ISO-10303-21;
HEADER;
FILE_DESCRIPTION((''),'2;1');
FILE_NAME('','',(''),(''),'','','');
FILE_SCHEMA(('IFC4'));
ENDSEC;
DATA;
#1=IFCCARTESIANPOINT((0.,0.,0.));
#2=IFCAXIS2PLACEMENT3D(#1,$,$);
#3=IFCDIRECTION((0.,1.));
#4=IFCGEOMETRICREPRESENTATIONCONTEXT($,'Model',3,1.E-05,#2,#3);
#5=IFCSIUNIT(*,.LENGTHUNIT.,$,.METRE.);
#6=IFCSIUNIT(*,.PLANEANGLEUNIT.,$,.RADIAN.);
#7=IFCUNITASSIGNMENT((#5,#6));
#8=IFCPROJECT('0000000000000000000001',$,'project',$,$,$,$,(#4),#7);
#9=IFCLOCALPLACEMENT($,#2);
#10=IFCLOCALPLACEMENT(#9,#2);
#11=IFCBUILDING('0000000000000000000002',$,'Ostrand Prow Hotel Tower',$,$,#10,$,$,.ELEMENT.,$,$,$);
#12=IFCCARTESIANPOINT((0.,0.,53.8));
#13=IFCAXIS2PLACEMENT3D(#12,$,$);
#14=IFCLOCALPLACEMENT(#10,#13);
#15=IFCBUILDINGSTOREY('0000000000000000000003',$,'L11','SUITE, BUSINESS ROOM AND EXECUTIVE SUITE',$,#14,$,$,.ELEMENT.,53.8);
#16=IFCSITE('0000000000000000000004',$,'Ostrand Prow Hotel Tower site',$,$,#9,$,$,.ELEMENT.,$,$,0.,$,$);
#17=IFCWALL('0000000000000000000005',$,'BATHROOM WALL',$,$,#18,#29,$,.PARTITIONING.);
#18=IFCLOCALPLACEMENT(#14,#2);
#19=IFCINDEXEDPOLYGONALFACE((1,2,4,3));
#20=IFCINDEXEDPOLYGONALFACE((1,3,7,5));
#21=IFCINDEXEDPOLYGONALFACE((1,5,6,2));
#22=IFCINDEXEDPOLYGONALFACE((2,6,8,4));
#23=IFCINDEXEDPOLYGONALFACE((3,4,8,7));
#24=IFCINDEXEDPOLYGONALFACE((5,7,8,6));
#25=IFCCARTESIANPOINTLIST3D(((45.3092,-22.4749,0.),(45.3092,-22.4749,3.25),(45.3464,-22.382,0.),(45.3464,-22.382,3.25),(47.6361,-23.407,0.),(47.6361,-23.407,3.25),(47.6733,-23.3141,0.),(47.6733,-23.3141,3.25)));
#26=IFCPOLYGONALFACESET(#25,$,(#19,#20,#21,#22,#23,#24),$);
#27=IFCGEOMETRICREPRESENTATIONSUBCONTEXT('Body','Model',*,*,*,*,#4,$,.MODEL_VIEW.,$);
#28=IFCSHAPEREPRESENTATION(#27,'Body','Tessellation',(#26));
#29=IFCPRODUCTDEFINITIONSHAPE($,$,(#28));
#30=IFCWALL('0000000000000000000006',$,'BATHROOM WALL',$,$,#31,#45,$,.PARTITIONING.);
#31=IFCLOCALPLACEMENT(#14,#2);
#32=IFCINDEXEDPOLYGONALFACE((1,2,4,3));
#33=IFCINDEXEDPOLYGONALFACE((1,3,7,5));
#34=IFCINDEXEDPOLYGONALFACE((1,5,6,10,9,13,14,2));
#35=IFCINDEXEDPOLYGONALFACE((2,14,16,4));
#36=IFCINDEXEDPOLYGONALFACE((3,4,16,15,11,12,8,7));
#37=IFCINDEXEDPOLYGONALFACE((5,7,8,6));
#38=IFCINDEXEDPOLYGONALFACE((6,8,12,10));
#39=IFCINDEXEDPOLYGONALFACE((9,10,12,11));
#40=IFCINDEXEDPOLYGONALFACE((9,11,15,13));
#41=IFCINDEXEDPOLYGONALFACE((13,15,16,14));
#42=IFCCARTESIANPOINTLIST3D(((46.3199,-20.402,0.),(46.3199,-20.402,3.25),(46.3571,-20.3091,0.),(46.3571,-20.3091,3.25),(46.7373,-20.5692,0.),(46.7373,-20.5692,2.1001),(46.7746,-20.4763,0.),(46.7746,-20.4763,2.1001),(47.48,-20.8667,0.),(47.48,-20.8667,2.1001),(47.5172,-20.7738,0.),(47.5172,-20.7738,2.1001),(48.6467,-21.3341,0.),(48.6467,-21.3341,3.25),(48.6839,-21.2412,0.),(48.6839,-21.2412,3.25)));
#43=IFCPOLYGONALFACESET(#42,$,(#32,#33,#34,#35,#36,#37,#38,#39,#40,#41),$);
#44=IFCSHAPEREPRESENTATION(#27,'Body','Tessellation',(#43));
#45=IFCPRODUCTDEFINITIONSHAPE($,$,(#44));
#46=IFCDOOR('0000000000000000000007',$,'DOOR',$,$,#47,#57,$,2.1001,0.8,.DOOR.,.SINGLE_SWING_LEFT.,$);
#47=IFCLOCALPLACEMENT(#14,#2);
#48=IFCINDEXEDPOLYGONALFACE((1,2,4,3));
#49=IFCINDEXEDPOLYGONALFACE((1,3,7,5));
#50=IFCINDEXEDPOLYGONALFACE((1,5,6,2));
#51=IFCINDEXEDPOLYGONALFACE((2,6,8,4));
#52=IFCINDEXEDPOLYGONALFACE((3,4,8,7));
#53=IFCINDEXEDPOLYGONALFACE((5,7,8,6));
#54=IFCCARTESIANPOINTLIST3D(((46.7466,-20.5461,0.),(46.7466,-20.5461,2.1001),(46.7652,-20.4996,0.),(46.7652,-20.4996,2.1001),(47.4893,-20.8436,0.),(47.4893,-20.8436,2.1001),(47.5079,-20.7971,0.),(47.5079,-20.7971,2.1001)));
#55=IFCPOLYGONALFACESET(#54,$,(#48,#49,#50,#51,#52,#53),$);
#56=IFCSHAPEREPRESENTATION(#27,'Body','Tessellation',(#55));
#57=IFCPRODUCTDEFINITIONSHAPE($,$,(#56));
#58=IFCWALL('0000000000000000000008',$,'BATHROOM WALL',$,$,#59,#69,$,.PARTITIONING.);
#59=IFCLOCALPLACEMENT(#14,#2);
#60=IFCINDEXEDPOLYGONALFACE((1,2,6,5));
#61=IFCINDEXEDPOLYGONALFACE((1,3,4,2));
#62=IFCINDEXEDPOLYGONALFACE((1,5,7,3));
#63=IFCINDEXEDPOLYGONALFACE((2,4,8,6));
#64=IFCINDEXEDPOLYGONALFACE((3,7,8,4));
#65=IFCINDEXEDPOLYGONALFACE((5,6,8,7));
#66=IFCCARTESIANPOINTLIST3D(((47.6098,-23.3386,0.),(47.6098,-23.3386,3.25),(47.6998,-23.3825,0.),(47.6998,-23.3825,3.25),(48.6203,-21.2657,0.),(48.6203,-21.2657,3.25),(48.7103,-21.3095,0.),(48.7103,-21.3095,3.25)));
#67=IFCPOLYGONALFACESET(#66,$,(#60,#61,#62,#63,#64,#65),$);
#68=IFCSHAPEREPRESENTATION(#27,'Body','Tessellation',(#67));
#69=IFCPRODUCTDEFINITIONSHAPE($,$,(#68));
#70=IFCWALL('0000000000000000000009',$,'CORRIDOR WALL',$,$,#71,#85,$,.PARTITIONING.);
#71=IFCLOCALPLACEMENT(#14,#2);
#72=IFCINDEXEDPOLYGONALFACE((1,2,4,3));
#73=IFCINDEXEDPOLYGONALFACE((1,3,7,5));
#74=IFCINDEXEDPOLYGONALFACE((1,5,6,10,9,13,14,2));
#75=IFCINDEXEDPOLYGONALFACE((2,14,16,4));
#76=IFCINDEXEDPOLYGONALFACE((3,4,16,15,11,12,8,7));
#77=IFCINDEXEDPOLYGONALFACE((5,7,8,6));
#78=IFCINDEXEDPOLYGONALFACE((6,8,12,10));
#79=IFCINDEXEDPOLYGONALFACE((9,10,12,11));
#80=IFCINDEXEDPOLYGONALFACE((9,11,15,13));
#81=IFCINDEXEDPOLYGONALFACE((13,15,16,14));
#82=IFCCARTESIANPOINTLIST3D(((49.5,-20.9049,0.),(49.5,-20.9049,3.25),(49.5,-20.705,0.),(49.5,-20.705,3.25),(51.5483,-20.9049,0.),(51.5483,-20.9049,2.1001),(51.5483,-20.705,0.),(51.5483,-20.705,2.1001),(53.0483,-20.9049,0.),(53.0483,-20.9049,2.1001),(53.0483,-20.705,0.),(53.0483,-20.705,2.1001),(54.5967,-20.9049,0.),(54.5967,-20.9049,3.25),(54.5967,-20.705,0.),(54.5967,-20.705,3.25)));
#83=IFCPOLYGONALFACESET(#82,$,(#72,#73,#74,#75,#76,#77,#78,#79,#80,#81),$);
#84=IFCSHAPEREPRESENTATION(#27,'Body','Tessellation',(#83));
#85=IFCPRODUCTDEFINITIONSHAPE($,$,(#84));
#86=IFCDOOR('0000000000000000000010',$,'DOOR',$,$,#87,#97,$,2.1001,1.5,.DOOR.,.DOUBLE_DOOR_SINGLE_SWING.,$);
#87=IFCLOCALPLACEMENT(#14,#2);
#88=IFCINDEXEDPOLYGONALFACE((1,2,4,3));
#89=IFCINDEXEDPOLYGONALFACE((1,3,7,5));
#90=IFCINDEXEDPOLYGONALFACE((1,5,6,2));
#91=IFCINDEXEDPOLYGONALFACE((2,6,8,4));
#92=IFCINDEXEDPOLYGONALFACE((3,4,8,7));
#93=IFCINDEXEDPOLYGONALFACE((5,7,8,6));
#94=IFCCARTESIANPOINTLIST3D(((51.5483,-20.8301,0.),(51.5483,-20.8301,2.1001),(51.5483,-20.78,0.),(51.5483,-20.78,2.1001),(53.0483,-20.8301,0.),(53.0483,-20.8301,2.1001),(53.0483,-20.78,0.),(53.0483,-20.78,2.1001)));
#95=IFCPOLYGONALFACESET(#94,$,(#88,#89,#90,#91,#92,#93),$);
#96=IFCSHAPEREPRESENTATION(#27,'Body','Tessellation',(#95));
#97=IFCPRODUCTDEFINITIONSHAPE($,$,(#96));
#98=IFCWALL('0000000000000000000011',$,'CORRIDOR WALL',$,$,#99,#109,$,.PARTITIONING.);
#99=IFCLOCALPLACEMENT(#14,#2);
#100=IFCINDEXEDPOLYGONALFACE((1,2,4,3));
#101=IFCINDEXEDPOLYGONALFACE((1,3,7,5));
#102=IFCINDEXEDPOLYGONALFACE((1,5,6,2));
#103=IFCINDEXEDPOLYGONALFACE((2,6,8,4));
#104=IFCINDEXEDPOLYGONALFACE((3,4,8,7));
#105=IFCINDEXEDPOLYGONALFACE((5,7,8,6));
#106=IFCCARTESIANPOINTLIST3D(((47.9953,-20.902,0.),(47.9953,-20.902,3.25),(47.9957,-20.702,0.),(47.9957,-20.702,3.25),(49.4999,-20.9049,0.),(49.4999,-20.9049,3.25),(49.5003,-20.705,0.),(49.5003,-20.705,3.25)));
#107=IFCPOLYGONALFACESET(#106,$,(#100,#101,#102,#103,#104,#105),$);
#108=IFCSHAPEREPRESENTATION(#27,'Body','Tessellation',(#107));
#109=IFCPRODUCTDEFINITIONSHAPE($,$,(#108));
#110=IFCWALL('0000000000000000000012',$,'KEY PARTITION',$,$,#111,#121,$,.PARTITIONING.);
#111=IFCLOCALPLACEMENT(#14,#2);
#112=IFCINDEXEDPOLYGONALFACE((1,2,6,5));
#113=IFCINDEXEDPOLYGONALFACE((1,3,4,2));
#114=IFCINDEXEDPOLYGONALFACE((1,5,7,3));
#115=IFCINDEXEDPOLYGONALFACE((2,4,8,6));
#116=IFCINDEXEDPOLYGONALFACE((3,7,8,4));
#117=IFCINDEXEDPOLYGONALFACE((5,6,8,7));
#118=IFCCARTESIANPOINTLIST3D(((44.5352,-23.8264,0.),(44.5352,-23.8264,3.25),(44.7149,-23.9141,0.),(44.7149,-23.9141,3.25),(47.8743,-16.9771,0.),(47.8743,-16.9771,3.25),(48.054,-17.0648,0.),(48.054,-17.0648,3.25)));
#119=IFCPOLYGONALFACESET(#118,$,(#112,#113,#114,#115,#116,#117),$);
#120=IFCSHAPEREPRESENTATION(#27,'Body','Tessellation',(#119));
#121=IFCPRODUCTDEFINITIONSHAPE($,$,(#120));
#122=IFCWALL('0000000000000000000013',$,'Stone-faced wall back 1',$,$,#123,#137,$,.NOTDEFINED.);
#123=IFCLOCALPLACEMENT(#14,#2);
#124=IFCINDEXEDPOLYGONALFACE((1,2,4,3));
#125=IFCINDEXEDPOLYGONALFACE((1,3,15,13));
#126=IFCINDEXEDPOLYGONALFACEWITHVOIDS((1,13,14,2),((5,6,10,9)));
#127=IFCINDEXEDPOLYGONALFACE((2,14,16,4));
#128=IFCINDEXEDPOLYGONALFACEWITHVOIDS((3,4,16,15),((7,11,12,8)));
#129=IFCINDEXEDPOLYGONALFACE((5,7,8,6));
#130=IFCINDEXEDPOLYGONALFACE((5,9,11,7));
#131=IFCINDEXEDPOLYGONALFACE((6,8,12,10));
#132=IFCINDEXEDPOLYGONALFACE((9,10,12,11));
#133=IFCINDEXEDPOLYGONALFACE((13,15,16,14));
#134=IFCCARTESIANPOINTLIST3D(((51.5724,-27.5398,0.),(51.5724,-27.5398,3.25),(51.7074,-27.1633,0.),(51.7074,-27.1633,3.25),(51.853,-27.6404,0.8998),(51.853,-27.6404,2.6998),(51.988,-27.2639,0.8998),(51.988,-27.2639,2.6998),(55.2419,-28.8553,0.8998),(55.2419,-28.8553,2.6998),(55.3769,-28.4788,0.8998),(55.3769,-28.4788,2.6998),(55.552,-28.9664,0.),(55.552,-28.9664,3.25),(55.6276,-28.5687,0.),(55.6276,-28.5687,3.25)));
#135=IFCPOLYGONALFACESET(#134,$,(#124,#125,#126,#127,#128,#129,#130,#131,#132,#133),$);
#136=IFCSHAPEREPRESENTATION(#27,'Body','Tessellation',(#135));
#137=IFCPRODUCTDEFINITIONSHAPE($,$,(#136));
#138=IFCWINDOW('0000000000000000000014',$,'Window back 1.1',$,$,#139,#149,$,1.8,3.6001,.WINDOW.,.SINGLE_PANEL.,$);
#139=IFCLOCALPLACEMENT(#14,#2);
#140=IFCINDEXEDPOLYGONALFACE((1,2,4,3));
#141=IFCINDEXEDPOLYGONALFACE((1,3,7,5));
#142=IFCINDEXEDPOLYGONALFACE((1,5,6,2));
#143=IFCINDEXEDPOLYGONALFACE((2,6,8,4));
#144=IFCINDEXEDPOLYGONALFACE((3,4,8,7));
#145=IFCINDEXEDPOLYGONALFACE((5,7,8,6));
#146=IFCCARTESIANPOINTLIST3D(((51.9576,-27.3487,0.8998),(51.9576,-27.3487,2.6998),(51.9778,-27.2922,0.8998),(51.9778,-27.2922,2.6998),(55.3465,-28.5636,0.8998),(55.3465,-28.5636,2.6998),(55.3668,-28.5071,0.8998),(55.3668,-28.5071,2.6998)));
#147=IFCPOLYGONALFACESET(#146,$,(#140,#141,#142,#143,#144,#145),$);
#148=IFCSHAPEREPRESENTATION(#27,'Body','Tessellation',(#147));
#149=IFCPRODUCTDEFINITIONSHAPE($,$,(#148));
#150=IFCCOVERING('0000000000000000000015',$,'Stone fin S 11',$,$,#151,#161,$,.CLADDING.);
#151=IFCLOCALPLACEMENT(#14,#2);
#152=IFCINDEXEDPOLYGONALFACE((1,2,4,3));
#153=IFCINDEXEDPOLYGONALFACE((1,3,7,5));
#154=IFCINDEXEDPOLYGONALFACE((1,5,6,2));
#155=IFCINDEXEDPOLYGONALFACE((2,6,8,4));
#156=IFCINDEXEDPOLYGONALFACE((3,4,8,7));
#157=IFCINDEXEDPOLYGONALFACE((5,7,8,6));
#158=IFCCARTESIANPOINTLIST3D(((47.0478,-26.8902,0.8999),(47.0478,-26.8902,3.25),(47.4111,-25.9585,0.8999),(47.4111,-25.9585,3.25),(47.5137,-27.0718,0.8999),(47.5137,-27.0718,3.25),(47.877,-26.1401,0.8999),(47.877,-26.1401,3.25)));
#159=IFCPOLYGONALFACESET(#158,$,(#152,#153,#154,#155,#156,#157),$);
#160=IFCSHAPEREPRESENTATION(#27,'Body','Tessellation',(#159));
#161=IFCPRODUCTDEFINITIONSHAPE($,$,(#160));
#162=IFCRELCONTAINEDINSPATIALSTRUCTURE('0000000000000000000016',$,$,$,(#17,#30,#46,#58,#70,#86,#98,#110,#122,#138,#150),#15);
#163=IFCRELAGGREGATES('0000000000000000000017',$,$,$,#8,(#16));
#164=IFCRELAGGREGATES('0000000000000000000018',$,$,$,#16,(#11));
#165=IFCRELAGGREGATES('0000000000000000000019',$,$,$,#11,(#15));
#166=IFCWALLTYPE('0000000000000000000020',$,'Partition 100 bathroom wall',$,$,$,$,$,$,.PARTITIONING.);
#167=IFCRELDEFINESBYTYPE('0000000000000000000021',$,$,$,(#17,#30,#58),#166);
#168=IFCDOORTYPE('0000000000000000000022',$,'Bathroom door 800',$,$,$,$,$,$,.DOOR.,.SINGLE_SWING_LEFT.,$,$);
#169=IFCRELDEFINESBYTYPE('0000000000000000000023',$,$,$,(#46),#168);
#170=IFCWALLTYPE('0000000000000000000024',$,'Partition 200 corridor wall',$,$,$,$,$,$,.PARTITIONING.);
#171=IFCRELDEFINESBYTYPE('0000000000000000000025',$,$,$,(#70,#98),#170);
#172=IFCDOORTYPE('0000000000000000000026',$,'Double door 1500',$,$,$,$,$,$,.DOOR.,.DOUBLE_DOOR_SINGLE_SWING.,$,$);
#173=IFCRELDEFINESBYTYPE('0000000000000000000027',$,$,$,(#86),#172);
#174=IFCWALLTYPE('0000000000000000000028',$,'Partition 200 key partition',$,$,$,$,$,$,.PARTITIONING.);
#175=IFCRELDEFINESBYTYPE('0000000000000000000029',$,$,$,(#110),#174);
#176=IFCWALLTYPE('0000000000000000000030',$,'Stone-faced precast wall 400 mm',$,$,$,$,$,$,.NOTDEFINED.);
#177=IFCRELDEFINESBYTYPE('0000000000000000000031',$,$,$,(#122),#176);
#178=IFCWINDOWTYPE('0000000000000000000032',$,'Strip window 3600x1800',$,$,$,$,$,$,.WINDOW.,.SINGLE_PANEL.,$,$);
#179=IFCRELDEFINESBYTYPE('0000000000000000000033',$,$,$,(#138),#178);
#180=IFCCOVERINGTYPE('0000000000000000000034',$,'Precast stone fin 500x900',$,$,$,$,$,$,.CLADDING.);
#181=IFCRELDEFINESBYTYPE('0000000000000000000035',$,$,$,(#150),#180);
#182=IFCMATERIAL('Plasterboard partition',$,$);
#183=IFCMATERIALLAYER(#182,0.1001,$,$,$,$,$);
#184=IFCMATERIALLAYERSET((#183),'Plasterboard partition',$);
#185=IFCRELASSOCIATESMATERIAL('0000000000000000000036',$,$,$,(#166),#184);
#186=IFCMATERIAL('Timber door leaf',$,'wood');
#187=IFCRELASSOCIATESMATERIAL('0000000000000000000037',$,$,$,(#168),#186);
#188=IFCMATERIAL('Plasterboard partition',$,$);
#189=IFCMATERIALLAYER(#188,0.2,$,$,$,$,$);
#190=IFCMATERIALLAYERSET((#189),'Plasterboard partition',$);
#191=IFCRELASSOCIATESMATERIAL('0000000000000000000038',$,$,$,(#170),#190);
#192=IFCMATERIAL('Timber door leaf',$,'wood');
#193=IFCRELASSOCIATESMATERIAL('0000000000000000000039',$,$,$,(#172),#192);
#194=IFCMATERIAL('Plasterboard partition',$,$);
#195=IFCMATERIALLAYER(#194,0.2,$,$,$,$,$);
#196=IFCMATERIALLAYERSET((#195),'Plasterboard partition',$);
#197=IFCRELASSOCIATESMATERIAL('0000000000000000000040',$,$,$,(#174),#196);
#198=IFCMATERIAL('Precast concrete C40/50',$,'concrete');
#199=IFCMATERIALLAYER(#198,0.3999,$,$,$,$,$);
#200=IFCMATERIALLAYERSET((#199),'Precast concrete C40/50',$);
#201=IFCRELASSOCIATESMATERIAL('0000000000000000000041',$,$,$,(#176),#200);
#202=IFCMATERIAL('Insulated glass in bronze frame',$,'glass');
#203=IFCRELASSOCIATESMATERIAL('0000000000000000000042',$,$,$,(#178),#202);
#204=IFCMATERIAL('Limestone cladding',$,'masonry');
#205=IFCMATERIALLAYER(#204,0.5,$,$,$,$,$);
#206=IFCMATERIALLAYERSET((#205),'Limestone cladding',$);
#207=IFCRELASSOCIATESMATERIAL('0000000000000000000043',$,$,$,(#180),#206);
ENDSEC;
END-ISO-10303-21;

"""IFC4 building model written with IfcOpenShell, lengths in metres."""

from ifc_helpers import new_model, si_unit, direction, frame, frame_2d, origin, place, context, subcontext, project, spatial, polyline, rectangle, outline, extrude, material, layer, layer_set, type_object, element, fill, save


model = new_model("IFC4")

# Units and contexts
model_context = context("Model", 3, precision=1e-05, world=origin(), true_north=direction((0.0, 1.0)))
body_context = subcontext(model_context, "Body", "Model", "MODEL_VIEW")
ifc_project = project(units=[si_unit("LENGTHUNIT", "METRE"), si_unit("PLANEANGLEUNIT", "RADIAN")], contexts=[model_context])

# Site, building, storey
site_placement = place(None, origin())
site = spatial("IfcSite", under=ifc_project, at=site_placement, Name="Ostrand Prow Hotel Tower site", CompositionType="ELEMENT", RefElevation=0.0)
building_placement = place(site_placement, origin())
building = spatial("IfcBuilding", under=site, at=building_placement, Name="Ostrand Prow Hotel Tower", CompositionType="ELEMENT")
storey_placement = place(building_placement, frame((0.0, 0.0, 53.8)))
storey = spatial("IfcBuildingStorey", under=building, at=storey_placement, Name="L11", Description="SUITE, BUSINESS ROOM AND EXECUTIVE SUITE", CompositionType="ELEMENT", Elevation=53.8)

# Wall
ifc_material_1 = material(Name="Plasterboard partition")
ifc_layer_1 = layer(ifc_material_1, 0.1001)
ifc_layer_set_1 = layer_set([ifc_layer_1], Name="Plasterboard partition")
wall_type_1 = type_object("IfcWallType", Name="Partition 100 bathroom wall", PredefinedType="PARTITIONING", material=ifc_layer_set_1)
wall_1_placement = place(storey_placement, frame((47.6548, -23.3606, 0.0), z_axis=(0.0, 0.0, 1.0), x_axis=(-0.928288, 0.371861, 0.0)))
element("IfcWall", 1, at=wall_1_placement, inside=storey, type_object=wall_type_1, Name="BATHROOM WALL", PredefinedType="PARTITIONING", context=body_context, shape_type="SweptSolid", body=[
    extrude(rectangle(XDim=2.5066, YDim=0.1001, at=frame_2d((1.2534, 0.0))), origin(), (0.0, 0.0, 1.0), 3.25),
])

# Wall, opening, door
wall_2_placement = place(storey_placement, frame((46.3384, -20.3555, 0.0), z_axis=(0.0, 0.0, 1.0), x_axis=(0.928288, -0.371861, 0.0)))
wall_2 = element("IfcWall", 2, at=wall_2_placement, inside=storey, type_object=wall_type_1, Name="BATHROOM WALL", PredefinedType="PARTITIONING", context=body_context, shape_type="SweptSolid", body=[
    extrude(rectangle(XDim=2.5066, YDim=0.1001, at=frame_2d((1.2534, 0.0))), origin(), (0.0, 0.0, 1.0), 3.25),
])
opening_1_placement = place(wall_2_placement, frame((0.45, 0.0, 0.0)))
opening_1 = element("IfcOpeningElement", 3, at=opening_1_placement, cuts=wall_2, PredefinedType="OPENING", context=body_context, shape_type="SweptSolid", body=[
    extrude(rectangle(XDim=0.8, YDim=2.1001, at=frame_2d((0.3999, 1.05))), frame((0.0, 0.0601, 0.0), z_axis=(0.0, -1.0, 0.0), x_axis=(1.0, 0.0, 0.0)), (0.0, 0.0, 1.0), 0.1201),
])
ifc_material_2 = material(Name="Timber door leaf", Category="wood")
door_type_1 = type_object("IfcDoorType", Name="Bathroom door 800", OperationType="SINGLE_SWING_LEFT", PredefinedType="DOOR", material=ifc_material_2)
door_1_placement = place(opening_1_placement, origin())
door_1 = element("IfcDoor", 4, at=door_1_placement, inside=storey, type_object=door_type_1, Name="DOOR", OperationType="SINGLE_SWING_LEFT", OverallHeight=2.1001, OverallWidth=0.8, PredefinedType="DOOR", context=body_context, shape_type="SweptSolid", body=[
    extrude(rectangle(XDim=0.8, YDim=2.1001, at=frame_2d((0.3999, 1.05))), frame((0.0, 0.0249, 0.0), z_axis=(0.0, -1.0, 0.0), x_axis=(1.0, 0.0, 0.0)), (0.0, 0.0, 1.0), 0.05),
])
fill(opening_1, door_1)

# Wall
wall_3_placement = place(storey_placement, frame((48.6653, -21.2876, 0.0), z_axis=(0.0, 0.0, 1.0), x_axis=(-0.438171, -0.898892, 0.0)))
element("IfcWall", 5, at=wall_3_placement, inside=storey, type_object=wall_type_1, Name="BATHROOM WALL", PredefinedType="PARTITIONING", context=body_context, shape_type="SweptSolid", body=[
    extrude(rectangle(XDim=2.3062, YDim=0.1001, at=frame_2d((1.1531, 0.0))), origin(), (0.0, 0.0, 1.0), 3.25),
])

# Wall, opening, door
ifc_material_3 = material(Name="Plasterboard partition")
ifc_layer_2 = layer(ifc_material_3, 0.2)
ifc_layer_set_2 = layer_set([ifc_layer_2], Name="Plasterboard partition")
wall_type_2 = type_object("IfcWallType", Name="Partition 200 corridor wall", PredefinedType="PARTITIONING", material=ifc_layer_set_2)
wall_4_placement = place(storey_placement, frame((49.5, -20.8049, 0.0), z_axis=(0.0, 0.0, 1.0), x_axis=(1.0, 0.0, 0.0)))
wall_4 = element("IfcWall", 6, at=wall_4_placement, inside=storey, type_object=wall_type_2, Name="CORRIDOR WALL", PredefinedType="PARTITIONING", context=body_context, shape_type="SweptSolid", body=[
    extrude(rectangle(XDim=5.0967, YDim=0.2, at=frame_2d((2.5483, 0.0))), origin(), (0.0, 0.0, 1.0), 3.25),
])
opening_2_placement = place(wall_4_placement, frame((2.0483, 0.0, 0.0)))
opening_2 = element("IfcOpeningElement", 7, at=opening_2_placement, cuts=wall_4, PredefinedType="OPENING", context=body_context, shape_type="SweptSolid", body=[
    extrude(rectangle(XDim=1.5, YDim=2.1001, at=frame_2d((0.75, 1.05))), frame((0.0, 0.1099, 0.0), z_axis=(0.0, -1.0, 0.0), x_axis=(1.0, 0.0, 0.0)), (0.0, 0.0, 1.0), 0.22),
])
ifc_material_4 = material(Name="Timber door leaf", Category="wood")
door_type_2 = type_object("IfcDoorType", Name="Double door 1500", OperationType="DOUBLE_DOOR_SINGLE_SWING", PredefinedType="DOOR", material=ifc_material_4)
door_2_placement = place(opening_2_placement, origin())
door_2 = element("IfcDoor", 8, at=door_2_placement, inside=storey, type_object=door_type_2, Name="DOOR", OperationType="DOUBLE_DOOR_SINGLE_SWING", OverallHeight=2.1001, OverallWidth=1.5, PredefinedType="DOOR", context=body_context, shape_type="SweptSolid", body=[
    extrude(rectangle(XDim=1.5, YDim=2.1001, at=frame_2d((0.75, 1.05))), frame((0.0, 0.0249, 0.0), z_axis=(0.0, -1.0, 0.0), x_axis=(1.0, 0.0, 0.0)), (0.0, 0.0, 1.0), 0.05),
])
fill(opening_2, door_2)

# Walls
wall_5_placement = place(storey_placement, frame((47.9954, -20.802, 0.0), z_axis=(0.0, 0.0, 1.0), x_axis=(0.999998, -0.001947, 0.0)))
element("IfcWall", 9, at=wall_5_placement, inside=storey, type_object=wall_type_2, Name="CORRIDOR WALL", PredefinedType="PARTITIONING", context=body_context, shape_type="SweptSolid", body=[
    extrude(rectangle(XDim=1.5046, YDim=0.2, at=frame_2d((0.7524, 0.0))), origin(), (0.0, 0.0, 1.0), 3.25),
])
ifc_material_5 = material(Name="Plasterboard partition")
ifc_layer_3 = layer(ifc_material_5, 0.2)
ifc_layer_set_3 = layer_set([ifc_layer_3], Name="Plasterboard partition")
wall_type_3 = type_object("IfcWallType", Name="Partition 200 key partition", PredefinedType="PARTITIONING", material=ifc_layer_set_3)
wall_6_placement = place(storey_placement, frame((44.625, -23.8704, 0.0), z_axis=(0.0, 0.0, 1.0), x_axis=(0.438207, 0.898874, 0.0)))
element("IfcWall", 10, at=wall_6_placement, inside=storey, type_object=wall_type_3, Name="KEY PARTITION", PredefinedType="PARTITIONING", context=body_context, shape_type="SweptSolid", body=[
    extrude(rectangle(XDim=7.6199, YDim=0.2, at=frame_2d((3.8101, 0.0))), origin(), (0.0, 0.0, 1.0), 3.25),
])

# Wall, opening, window
ifc_material_6 = material(Name="Precast concrete C40/50", Category="concrete")
ifc_layer_4 = layer(ifc_material_6, 0.3999)
ifc_layer_set_4 = layer_set([ifc_layer_4], Name="Precast concrete C40/50")
wall_type_4 = type_object("IfcWallType", Name="Stone-faced precast wall 400 mm", PredefinedType="NOTDEFINED", material=ifc_layer_set_4)
wall_7_placement = place(storey_placement, frame((51.6399, -27.3516, 0.0), z_axis=(0.0, 0.0, 1.0), x_axis=(0.94134, -0.33746, 0.0)))
wall_7 = element("IfcWall", 11, at=wall_7_placement, inside=storey, type_object=wall_type_4, Name="Stone-faced wall back 1", PredefinedType="NOTDEFINED", context=body_context, shape_type="SweptSolid", body=[
    extrude(outline(polyline([(0.0, -0.2), (4.2275, -0.2), (4.1646, 0.2), (0.0, 0.2), (0.0, -0.2)])), origin(), (0.0, 0.0, 1.0), 3.25),
])
opening_3_placement = place(wall_7_placement, frame((0.2981, 0.0, 0.8999)))
opening_3 = element("IfcOpeningElement", 12, at=opening_3_placement, cuts=wall_7, PredefinedType="OPENING", context=body_context, shape_type="SweptSolid", body=[
    extrude(rectangle(XDim=3.6001, YDim=1.8, at=frame_2d((1.8, 0.8999))), frame((0.0, 0.21, 0.0), z_axis=(0.0, -1.0, 0.0), x_axis=(1.0, 0.0, 0.0)), (0.0, 0.0, 1.0), 0.4199),
])
ifc_material_7 = material(Name="Insulated glass in bronze frame", Category="glass")
window_type = type_object("IfcWindowType", Name="Strip window 3600x1800", PartitioningType="SINGLE_PANEL", PredefinedType="WINDOW", material=ifc_material_7)
window_placement = place(opening_3_placement, origin())
window = element("IfcWindow", 13, at=window_placement, inside=storey, type_object=window_type, Name="Window back 1.1", OverallHeight=1.8, OverallWidth=3.6001, PartitioningType="SINGLE_PANEL", PredefinedType="WINDOW", context=body_context, shape_type="SweptSolid", body=[
    extrude(rectangle(XDim=3.6001, YDim=1.8, at=frame_2d((1.8, 0.8999))), frame((0.0, 0.1699, 0.0), z_axis=(0.0, -1.0, 0.0), x_axis=(1.0, 0.0, 0.0)), (0.0, 0.0, 1.0), 0.0601),
])
fill(opening_3, window)

# Covering
ifc_material_8 = material(Name="Limestone cladding", Category="masonry")
ifc_layer_5 = layer(ifc_material_8, 0.5)
ifc_layer_set_5 = layer_set([ifc_layer_5], Name="Limestone cladding")
covering_type = type_object("IfcCoveringType", Name="Precast stone fin 500x900", PredefinedType="CLADDING", material=ifc_layer_set_5)
covering_placement = place(storey_placement, frame((47.644, -26.0493, 0.8999), z_axis=(0.0, 0.0, 1.0), x_axis=(-0.363294, -0.931674, 0.0)))
element("IfcCovering", 14, at=covering_placement, inside=storey, type_object=covering_type, Name="Stone fin S 11", PredefinedType="CLADDING", context=body_context, shape_type="SweptSolid", body=[
    extrude(rectangle(XDim=1.0, YDim=0.5, at=frame_2d((0.5, 0.0))), origin(), (0.0, 0.0, 1.0), 2.3501),
])

save(model, "model.ifc")
